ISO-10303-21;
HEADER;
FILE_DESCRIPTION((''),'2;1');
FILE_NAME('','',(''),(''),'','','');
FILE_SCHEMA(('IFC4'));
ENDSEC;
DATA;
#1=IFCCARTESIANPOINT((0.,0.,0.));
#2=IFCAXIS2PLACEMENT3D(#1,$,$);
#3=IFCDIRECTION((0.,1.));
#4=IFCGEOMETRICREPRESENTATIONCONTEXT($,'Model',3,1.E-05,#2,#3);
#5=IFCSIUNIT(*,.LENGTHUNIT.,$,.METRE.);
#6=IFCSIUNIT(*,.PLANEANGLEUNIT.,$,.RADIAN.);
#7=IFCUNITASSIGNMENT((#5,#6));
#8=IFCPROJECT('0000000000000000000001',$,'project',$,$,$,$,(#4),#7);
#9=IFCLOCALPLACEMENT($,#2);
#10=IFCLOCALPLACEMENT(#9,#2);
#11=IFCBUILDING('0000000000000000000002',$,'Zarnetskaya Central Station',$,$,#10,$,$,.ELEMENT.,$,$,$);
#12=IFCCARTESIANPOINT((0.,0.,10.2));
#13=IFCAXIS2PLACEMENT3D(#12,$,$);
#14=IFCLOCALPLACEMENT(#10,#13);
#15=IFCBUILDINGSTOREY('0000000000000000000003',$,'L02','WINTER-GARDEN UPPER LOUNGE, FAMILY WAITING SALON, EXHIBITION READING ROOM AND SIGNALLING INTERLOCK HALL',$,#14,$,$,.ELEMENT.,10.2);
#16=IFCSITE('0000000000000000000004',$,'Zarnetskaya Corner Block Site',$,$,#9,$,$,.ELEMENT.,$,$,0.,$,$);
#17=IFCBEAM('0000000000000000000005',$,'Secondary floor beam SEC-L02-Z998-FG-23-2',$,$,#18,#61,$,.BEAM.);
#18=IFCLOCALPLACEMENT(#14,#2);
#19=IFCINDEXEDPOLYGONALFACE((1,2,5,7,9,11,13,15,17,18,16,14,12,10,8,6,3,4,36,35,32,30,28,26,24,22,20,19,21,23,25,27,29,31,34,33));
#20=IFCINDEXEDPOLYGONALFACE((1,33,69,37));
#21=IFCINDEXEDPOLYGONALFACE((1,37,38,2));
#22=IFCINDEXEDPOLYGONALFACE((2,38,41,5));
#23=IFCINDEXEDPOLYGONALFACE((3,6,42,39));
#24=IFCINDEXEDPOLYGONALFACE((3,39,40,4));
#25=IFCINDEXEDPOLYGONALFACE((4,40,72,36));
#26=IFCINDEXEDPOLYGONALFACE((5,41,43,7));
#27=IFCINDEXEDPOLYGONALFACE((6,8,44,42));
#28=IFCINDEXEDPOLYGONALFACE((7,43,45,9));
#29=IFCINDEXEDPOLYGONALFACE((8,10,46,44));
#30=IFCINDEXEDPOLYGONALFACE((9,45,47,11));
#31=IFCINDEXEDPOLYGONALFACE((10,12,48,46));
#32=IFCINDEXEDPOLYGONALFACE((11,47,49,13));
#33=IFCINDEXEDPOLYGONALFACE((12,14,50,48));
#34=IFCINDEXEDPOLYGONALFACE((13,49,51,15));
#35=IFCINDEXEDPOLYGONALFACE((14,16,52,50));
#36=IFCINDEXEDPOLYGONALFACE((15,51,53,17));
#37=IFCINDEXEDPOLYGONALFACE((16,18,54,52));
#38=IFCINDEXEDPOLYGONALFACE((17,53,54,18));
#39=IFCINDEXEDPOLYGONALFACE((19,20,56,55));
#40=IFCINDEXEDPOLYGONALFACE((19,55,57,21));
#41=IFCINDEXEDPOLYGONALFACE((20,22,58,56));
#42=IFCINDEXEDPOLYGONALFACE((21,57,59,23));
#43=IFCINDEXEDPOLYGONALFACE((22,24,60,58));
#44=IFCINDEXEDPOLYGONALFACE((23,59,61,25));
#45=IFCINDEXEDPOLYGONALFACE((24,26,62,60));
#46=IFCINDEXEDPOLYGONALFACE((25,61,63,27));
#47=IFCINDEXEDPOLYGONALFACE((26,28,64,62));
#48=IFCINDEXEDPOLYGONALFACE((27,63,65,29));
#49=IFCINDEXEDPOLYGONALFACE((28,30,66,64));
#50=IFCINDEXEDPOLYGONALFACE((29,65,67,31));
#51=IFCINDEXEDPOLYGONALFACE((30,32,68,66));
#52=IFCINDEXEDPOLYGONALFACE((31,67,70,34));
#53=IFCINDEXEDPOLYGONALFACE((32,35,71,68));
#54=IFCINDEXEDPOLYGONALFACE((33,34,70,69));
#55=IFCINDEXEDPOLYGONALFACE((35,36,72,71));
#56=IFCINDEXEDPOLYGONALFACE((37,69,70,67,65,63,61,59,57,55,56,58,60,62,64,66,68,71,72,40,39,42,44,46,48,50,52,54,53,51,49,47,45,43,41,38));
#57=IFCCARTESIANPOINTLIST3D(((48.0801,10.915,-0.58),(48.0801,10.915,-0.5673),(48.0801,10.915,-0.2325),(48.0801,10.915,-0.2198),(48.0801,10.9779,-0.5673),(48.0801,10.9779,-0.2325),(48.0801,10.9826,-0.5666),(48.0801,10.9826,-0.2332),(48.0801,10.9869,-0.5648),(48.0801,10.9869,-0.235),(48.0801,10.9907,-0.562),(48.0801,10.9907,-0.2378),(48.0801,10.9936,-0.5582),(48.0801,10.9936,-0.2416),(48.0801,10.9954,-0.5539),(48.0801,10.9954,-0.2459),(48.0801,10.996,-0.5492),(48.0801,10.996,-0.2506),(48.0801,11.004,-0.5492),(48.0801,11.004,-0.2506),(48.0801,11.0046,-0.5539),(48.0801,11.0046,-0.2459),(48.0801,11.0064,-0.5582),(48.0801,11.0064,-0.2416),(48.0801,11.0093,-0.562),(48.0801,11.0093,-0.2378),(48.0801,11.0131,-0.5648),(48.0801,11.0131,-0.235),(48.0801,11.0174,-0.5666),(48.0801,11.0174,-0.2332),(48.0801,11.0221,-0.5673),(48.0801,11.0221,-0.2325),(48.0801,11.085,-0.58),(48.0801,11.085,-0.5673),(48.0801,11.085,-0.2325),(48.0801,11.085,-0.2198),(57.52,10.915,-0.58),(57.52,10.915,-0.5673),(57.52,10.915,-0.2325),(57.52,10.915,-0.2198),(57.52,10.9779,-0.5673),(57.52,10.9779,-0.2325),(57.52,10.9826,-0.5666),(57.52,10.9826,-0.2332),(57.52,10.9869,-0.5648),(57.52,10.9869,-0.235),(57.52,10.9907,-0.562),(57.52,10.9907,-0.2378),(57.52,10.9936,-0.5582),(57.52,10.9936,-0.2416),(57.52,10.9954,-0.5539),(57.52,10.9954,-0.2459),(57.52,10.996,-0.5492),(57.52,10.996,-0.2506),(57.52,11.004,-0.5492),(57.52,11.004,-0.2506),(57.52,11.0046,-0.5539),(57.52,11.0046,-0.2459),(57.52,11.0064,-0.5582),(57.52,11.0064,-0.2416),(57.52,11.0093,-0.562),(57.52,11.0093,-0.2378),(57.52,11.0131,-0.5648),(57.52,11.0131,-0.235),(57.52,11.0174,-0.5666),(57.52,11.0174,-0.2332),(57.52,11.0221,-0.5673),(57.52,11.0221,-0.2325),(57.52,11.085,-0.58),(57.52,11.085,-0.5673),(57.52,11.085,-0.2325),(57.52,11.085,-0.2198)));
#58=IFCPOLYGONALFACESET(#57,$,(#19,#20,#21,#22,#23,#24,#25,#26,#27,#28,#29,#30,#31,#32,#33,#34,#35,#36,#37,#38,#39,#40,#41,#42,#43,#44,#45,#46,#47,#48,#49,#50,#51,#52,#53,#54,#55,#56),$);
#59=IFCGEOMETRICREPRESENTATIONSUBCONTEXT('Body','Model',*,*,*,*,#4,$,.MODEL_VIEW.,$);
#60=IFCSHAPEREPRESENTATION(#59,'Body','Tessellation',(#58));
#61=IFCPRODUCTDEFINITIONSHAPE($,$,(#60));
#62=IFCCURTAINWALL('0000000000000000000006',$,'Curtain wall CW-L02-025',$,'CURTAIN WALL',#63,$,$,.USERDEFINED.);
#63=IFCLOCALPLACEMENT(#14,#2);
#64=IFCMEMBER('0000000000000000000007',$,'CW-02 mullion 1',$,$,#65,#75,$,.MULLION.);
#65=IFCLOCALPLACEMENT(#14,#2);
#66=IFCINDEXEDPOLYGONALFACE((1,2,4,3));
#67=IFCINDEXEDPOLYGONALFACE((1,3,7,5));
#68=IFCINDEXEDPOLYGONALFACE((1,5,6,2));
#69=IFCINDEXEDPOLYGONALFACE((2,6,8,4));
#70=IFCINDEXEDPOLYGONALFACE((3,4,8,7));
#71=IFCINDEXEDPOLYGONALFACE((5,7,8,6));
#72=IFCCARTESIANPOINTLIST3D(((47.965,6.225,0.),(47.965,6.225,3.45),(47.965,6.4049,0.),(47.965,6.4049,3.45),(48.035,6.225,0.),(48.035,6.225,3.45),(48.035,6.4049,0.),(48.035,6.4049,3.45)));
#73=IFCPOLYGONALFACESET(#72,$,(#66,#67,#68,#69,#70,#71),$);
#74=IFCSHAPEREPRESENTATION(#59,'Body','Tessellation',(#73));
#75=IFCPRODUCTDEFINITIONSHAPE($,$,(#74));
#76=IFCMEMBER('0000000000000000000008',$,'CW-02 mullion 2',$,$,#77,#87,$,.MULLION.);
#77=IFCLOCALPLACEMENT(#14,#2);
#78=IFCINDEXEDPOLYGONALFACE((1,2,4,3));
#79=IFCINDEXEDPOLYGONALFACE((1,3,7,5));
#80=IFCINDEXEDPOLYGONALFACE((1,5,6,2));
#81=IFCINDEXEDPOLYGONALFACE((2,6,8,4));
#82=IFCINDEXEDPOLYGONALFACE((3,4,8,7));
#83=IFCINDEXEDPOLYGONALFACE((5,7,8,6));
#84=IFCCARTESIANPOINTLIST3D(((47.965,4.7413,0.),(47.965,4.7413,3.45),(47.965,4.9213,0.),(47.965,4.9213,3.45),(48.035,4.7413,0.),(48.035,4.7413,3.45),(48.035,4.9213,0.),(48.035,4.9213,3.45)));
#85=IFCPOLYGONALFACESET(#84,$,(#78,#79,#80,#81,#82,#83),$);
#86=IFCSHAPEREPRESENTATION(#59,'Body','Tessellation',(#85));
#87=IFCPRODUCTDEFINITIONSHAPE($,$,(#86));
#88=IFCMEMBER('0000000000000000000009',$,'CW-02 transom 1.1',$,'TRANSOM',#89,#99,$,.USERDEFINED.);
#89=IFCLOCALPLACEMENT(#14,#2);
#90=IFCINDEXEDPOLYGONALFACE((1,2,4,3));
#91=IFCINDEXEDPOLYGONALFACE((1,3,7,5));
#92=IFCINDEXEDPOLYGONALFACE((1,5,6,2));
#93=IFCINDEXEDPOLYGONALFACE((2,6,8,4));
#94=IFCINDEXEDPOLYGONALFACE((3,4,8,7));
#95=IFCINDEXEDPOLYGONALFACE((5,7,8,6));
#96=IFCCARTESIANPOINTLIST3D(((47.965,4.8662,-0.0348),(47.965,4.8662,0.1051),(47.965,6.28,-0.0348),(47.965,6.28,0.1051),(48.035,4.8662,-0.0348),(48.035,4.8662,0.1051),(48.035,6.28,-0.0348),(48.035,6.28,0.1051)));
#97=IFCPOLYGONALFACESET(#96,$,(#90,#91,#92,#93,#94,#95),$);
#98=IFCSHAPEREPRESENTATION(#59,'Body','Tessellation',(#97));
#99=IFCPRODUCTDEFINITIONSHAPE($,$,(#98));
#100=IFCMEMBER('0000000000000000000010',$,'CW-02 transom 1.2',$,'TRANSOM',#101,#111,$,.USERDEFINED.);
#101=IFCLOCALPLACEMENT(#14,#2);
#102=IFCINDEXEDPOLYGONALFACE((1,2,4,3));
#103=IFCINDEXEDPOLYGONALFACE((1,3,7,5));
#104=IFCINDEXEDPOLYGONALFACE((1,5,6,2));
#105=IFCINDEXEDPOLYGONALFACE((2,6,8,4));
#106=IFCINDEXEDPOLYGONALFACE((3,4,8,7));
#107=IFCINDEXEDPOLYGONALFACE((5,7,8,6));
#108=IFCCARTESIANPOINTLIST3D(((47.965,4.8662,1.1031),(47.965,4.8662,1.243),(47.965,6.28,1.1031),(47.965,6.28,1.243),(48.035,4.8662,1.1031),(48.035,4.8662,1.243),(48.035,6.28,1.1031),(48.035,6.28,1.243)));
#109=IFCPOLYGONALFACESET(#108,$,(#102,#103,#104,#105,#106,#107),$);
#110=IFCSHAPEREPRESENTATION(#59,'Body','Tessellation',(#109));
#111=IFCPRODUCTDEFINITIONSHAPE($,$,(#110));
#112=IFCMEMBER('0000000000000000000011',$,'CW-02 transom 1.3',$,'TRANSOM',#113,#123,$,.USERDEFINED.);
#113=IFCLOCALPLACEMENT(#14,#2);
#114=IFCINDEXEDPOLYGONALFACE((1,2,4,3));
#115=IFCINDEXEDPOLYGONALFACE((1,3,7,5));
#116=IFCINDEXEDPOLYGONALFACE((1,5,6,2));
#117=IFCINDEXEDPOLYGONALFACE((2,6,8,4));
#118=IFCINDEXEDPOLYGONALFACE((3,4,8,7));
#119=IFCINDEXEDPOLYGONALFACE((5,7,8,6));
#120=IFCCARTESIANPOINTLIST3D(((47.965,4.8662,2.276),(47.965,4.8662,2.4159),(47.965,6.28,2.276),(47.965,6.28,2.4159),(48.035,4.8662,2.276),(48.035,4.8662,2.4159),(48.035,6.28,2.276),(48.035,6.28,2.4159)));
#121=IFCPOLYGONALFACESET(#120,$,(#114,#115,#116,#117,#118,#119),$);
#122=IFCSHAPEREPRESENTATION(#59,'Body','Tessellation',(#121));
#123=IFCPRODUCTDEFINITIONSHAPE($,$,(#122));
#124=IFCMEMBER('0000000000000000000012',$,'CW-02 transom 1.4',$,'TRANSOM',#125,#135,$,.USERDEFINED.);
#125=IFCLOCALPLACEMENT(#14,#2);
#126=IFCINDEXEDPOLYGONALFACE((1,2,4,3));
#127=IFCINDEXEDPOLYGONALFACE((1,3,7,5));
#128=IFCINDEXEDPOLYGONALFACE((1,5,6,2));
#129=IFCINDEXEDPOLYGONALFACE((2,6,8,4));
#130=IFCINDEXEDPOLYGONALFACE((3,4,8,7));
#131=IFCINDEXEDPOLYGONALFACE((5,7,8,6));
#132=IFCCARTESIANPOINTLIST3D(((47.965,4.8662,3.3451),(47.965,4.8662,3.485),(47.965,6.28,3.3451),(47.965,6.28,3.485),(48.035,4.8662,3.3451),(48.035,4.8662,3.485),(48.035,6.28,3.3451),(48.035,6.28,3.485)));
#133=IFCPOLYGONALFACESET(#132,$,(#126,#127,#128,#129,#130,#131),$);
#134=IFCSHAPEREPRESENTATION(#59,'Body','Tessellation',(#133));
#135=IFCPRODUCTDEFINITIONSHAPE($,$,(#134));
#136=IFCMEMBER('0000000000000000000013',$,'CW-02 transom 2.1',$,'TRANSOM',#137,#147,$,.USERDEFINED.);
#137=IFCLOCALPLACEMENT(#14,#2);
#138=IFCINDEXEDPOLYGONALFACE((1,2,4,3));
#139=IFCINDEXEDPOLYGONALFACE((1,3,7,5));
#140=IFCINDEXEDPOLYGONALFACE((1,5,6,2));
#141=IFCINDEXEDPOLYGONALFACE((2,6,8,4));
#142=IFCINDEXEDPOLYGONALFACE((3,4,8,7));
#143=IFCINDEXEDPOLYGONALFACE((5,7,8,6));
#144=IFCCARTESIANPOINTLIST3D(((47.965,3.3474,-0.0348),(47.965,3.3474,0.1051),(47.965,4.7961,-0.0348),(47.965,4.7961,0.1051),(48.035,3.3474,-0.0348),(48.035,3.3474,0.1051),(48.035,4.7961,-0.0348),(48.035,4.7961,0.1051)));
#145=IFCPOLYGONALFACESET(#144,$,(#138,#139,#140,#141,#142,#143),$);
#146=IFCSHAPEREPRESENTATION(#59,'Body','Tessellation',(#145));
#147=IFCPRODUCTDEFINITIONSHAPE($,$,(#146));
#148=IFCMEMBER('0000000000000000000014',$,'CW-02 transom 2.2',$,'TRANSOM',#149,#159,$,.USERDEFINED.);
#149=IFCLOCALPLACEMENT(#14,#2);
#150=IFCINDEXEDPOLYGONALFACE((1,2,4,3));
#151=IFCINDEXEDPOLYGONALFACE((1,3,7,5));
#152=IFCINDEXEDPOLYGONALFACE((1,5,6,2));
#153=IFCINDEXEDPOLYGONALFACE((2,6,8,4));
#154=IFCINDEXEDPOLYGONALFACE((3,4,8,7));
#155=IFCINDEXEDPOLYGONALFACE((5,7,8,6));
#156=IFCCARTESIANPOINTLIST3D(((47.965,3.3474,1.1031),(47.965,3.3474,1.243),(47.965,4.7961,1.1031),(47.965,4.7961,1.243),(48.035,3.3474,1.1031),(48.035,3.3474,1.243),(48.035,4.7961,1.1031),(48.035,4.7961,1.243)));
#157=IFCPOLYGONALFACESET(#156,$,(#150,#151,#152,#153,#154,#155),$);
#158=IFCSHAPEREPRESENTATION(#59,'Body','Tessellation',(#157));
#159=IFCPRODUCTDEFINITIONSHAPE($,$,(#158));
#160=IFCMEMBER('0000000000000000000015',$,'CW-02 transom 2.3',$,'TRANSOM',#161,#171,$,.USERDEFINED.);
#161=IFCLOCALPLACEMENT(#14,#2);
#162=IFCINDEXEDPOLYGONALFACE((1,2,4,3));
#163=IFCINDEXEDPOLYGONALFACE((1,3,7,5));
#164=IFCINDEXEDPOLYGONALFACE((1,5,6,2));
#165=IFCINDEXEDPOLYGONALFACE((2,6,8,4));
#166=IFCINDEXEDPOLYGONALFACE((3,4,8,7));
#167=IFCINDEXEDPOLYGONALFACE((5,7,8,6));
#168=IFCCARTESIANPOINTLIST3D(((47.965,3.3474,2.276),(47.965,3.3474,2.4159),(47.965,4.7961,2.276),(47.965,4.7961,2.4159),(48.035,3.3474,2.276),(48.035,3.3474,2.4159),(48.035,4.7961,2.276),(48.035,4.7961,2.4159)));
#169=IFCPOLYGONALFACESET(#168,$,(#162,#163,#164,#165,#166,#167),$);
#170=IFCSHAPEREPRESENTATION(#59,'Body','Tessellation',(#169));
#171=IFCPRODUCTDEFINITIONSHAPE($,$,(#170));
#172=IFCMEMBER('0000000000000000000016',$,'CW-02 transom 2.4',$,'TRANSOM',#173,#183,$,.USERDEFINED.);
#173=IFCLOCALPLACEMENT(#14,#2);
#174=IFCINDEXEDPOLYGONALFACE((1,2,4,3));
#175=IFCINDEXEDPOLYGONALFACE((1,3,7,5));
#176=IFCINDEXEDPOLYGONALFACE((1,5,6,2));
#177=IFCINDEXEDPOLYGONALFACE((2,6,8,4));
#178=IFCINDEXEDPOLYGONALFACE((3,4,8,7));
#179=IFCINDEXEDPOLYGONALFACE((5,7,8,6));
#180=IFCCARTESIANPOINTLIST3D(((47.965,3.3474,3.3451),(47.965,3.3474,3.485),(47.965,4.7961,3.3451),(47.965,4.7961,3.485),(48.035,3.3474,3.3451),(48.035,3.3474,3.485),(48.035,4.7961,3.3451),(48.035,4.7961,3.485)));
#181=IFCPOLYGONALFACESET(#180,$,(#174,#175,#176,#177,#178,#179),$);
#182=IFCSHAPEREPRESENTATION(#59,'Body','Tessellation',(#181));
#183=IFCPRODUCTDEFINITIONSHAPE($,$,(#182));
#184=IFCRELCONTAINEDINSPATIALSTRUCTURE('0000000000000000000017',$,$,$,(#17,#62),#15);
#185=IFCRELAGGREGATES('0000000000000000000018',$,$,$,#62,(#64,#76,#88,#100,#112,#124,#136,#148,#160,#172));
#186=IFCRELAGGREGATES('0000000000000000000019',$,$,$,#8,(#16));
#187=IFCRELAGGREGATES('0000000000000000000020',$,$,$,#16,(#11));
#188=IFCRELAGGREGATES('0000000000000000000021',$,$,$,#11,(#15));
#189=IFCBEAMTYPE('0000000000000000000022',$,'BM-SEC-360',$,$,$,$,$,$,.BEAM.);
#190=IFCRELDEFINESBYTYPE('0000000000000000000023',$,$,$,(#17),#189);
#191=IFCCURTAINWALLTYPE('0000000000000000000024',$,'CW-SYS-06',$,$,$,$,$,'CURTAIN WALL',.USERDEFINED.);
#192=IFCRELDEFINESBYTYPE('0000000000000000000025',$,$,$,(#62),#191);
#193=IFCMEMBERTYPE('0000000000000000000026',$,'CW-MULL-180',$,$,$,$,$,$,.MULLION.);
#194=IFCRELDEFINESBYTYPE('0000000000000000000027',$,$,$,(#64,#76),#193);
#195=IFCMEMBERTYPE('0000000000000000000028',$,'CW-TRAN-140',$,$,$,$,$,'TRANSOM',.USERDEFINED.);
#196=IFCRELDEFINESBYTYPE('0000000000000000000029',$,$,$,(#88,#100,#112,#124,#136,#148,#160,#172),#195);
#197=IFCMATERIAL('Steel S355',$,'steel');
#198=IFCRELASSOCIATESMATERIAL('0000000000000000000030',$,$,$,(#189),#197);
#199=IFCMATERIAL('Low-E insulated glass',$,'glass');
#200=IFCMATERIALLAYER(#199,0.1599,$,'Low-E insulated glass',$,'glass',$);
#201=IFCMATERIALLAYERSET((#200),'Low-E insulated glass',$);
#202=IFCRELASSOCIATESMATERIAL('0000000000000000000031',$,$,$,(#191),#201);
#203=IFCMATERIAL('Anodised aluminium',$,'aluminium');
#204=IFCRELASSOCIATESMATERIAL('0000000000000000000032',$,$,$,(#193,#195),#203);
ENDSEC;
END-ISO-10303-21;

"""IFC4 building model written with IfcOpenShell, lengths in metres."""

from ifc_helpers import new_model, si_unit, direction, frame, origin, origin_2d, place, context, subcontext, project, spatial, rectangle, i_section, extrude, material, layer, layer_set, material_profile, profile_set, type_object, element, aggregate, save


model = new_model("IFC4")

# Units and contexts
model_context = context("Model", 3, precision=1e-05, world=origin(), true_north=direction((0.0, 1.0)))
body_context = subcontext(model_context, "Body", "Model", "MODEL_VIEW")
ifc_project = project(units=[si_unit("LENGTHUNIT", "METRE"), si_unit("PLANEANGLEUNIT", "RADIAN")], contexts=[model_context])

# Site, building, storey
site_placement = place(None, origin())
site = spatial("IfcSite", under=ifc_project, at=site_placement, Name="Zarnetskaya Corner Block Site", CompositionType="ELEMENT", RefElevation=0.0)
building_placement = place(site_placement, origin())
building = spatial("IfcBuilding", under=site, at=building_placement, Name="Zarnetskaya Central Station", CompositionType="ELEMENT")
storey_placement = place(building_placement, frame((0.0, 0.0, 10.2)))
storey = spatial("IfcBuildingStorey", under=building, at=storey_placement, Name="L02", Description="WINTER-GARDEN UPPER LOUNGE, FAMILY WAITING SALON, EXHIBITION READING ROOM AND SIGNALLING INTERLOCK HALL", CompositionType="ELEMENT", Elevation=10.2)

# Shared definitions
ifc_material_1 = material(Name="Steel S355", Category="steel")

# Beam
ifc_material_profile_1 = material_profile(ifc_material_1, i_section(OverallWidth=0.1699, OverallDepth=0.3601, WebThickness=0.0081, FlangeThickness=0.0127, FilletRadius=0.0181, at=origin_2d()), Name="IPE 360")
ifc_profile_set_1 = profile_set([ifc_material_profile_1], Name="Steel S355")
beam_type_1 = type_object("IfcBeamType", Name="BM-SEC-360", PredefinedType="BEAM", material=ifc_profile_set_1)
for number, where, z_axis, x_axis, name in (
    (1, (48.0801, 11.0, -0.3999), (1.0, 0.0, 0.0), (0.0, 1.0, 0.0), "Secondary floor beam SEC-L02-Z998-FG-23-2"),
):
    element("IfcBeam", number, at=place(storey_placement, frame(where, z_axis=z_axis, x_axis=x_axis)), inside=storey, type_object=beam_type_1, Name=name, PredefinedType="BEAM", context=body_context, shape_type="SweptSolid", body=[
        extrude(i_section(OverallWidth=0.1699, OverallDepth=0.3601, WebThickness=0.0081, FlangeThickness=0.0127, FilletRadius=0.0181, at=origin_2d()), origin(), (0.0, 0.0, 1.0), 9.4399),
    ])

# Curtain wall, members
ifc_material_2 = material(Name="Low-E insulated glass", Category="glass")
ifc_layer_1 = layer(ifc_material_2, 0.1599, Name="Low-E insulated glass", Category="glass")
ifc_layer_set_1 = layer_set([ifc_layer_1], Name="Low-E insulated glass")
curtain_wall_type = type_object("IfcCurtainWallType", Name="CW-SYS-06", ElementType="CURTAIN WALL", PredefinedType="USERDEFINED", material=ifc_layer_set_1)
curtain_wall_placement = place(storey_placement, origin())
curtain_wall = element("IfcCurtainWall", 2, at=curtain_wall_placement, inside=storey, type_object=curtain_wall_type, Name="Curtain wall CW-L02-025", ObjectType="CURTAIN WALL", PredefinedType="USERDEFINED")
ifc_material_3 = material(Name="Anodised aluminium", Category="aluminium")
ifc_material_profile_2 = material_profile(ifc_material_3, rectangle(XDim=0.0701, YDim=0.1799, at=origin_2d()), Name="ALU MULL 70x180")
ifc_profile_set_2 = profile_set([ifc_material_profile_2], Name="Anodised aluminium")
member_type_1 = type_object("IfcMemberType", Name="CW-MULL-180", PredefinedType="MULLION", material=ifc_profile_set_2)
member_1_placement = place(storey_placement, frame((48.0, 6.3149, 0.0), z_axis=(0.0, 0.0, 1.0), x_axis=(1.0, 0.0, 0.0)))
member_1 = element("IfcMember", 3, at=member_1_placement, type_object=member_type_1, Name="CW-02 mullion 1", PredefinedType="MULLION", context=body_context, shape_type="SweptSolid", body=[
    extrude(rectangle(XDim=0.0701, YDim=0.1799, at=origin_2d()), origin(), (0.0, 0.0, 1.0), 3.45),
])
member_2_placement = place(storey_placement, frame((48.0, 4.8313, 0.0), z_axis=(0.0, 0.0, 1.0), x_axis=(1.0, 0.0, 0.0)))
member_2 = element("IfcMember", 4, at=member_2_placement, type_object=member_type_1, Name="CW-02 mullion 2", PredefinedType="MULLION", context=body_context, shape_type="SweptSolid", body=[
    extrude(rectangle(XDim=0.0701, YDim=0.1799, at=origin_2d()), origin(), (0.0, 0.0, 1.0), 3.45),
])
ifc_material_profile_3 = material_profile(ifc_material_3, rectangle(XDim=0.0701, YDim=0.1399, at=origin_2d()), Name="ALU TRAN 70x140")
ifc_profile_set_3 = profile_set([ifc_material_profile_3], Name="Anodised aluminium")
member_type_2 = type_object("IfcMemberType", Name="CW-TRAN-140", ElementType="TRANSOM", PredefinedType="USERDEFINED", material=ifc_profile_set_3)
member_3_placement = place(storey_placement, frame((48.0, 6.28, 0.0352), z_axis=(0.0, -1.0, 0.0), x_axis=(1.0, 0.0, 0.0)))
member_3 = element("IfcMember", 5, at=member_3_placement, type_object=member_type_2, Name="CW-02 transom 1.1", ObjectType="TRANSOM", PredefinedType="USERDEFINED", context=body_context, shape_type="SweptSolid", body=[
    extrude(rectangle(XDim=0.0701, YDim=0.1399, at=origin_2d()), origin(), (0.0, 0.0, 1.0), 1.4138),
])
member_4_placement = place(storey_placement, frame((48.0, 6.28, 1.1731), z_axis=(0.0, -1.0, 0.0), x_axis=(1.0, 0.0, 0.0)))
member_4 = element("IfcMember", 6, at=member_4_placement, type_object=member_type_2, Name="CW-02 transom 1.2", ObjectType="TRANSOM", PredefinedType="USERDEFINED", context=body_context, shape_type="SweptSolid", body=[
    extrude(rectangle(XDim=0.0701, YDim=0.1399, at=origin_2d()), origin(), (0.0, 0.0, 1.0), 1.4138),
])
member_5_placement = place(storey_placement, frame((48.0, 6.28, 2.3459), z_axis=(0.0, -1.0, 0.0), x_axis=(1.0, 0.0, 0.0)))
member_5 = element("IfcMember", 7, at=member_5_placement, type_object=member_type_2, Name="CW-02 transom 1.3", ObjectType="TRANSOM", PredefinedType="USERDEFINED", context=body_context, shape_type="SweptSolid", body=[
    extrude(rectangle(XDim=0.0701, YDim=0.1399, at=origin_2d()), origin(), (0.0, 0.0, 1.0), 1.4138),
])
member_6_placement = place(storey_placement, frame((48.0, 6.28, 3.415), z_axis=(0.0, -1.0, 0.0), x_axis=(1.0, 0.0, 0.0)))
member_6 = element("IfcMember", 8, at=member_6_placement, type_object=member_type_2, Name="CW-02 transom 1.4", ObjectType="TRANSOM", PredefinedType="USERDEFINED", context=body_context, shape_type="SweptSolid", body=[
    extrude(rectangle(XDim=0.0701, YDim=0.1399, at=origin_2d()), origin(), (0.0, 0.0, 1.0), 1.4138),
])
member_7_placement = place(storey_placement, frame((48.0, 4.7961, 0.0352), z_axis=(0.0, -1.0, 0.0), x_axis=(1.0, 0.0, 0.0)))
member_7 = element("IfcMember", 9, at=member_7_placement, type_object=member_type_2, Name="CW-02 transom 2.1", ObjectType="TRANSOM", PredefinedType="USERDEFINED", context=body_context, shape_type="SweptSolid", body=[
    extrude(rectangle(XDim=0.0701, YDim=0.1399, at=origin_2d()), origin(), (0.0, 0.0, 1.0), 1.4487),
])
member_8_placement = place(storey_placement, frame((48.0, 4.7961, 1.1731), z_axis=(0.0, -1.0, 0.0), x_axis=(1.0, 0.0, 0.0)))
member_8 = element("IfcMember", 10, at=member_8_placement, type_object=member_type_2, Name="CW-02 transom 2.2", ObjectType="TRANSOM", PredefinedType="USERDEFINED", context=body_context, shape_type="SweptSolid", body=[
    extrude(rectangle(XDim=0.0701, YDim=0.1399, at=origin_2d()), origin(), (0.0, 0.0, 1.0), 1.4487),
])
member_9_placement = place(storey_placement, frame((48.0, 4.7961, 2.3459), z_axis=(0.0, -1.0, 0.0), x_axis=(1.0, 0.0, 0.0)))
member_9 = element("IfcMember", 11, at=member_9_placement, type_object=member_type_2, Name="CW-02 transom 2.3", ObjectType="TRANSOM", PredefinedType="USERDEFINED", context=body_context, shape_type="SweptSolid", body=[
    extrude(rectangle(XDim=0.0701, YDim=0.1399, at=origin_2d()), origin(), (0.0, 0.0, 1.0), 1.4487),
])
member_10_placement = place(storey_placement, frame((48.0, 4.7961, 3.415), z_axis=(0.0, -1.0, 0.0), x_axis=(1.0, 0.0, 0.0)))
member_10 = element("IfcMember", 12, at=member_10_placement, type_object=member_type_2, Name="CW-02 transom 2.4", ObjectType="TRANSOM", PredefinedType="USERDEFINED", context=body_context, shape_type="SweptSolid", body=[
    extrude(rectangle(XDim=0.0701, YDim=0.1399, at=origin_2d()), origin(), (0.0, 0.0, 1.0), 1.4487),
])

aggregate(curtain_wall, [member_1, member_2, member_3, member_4, member_5, member_6, member_7, member_8, member_9, member_10])

save(model, "model.ifc")
